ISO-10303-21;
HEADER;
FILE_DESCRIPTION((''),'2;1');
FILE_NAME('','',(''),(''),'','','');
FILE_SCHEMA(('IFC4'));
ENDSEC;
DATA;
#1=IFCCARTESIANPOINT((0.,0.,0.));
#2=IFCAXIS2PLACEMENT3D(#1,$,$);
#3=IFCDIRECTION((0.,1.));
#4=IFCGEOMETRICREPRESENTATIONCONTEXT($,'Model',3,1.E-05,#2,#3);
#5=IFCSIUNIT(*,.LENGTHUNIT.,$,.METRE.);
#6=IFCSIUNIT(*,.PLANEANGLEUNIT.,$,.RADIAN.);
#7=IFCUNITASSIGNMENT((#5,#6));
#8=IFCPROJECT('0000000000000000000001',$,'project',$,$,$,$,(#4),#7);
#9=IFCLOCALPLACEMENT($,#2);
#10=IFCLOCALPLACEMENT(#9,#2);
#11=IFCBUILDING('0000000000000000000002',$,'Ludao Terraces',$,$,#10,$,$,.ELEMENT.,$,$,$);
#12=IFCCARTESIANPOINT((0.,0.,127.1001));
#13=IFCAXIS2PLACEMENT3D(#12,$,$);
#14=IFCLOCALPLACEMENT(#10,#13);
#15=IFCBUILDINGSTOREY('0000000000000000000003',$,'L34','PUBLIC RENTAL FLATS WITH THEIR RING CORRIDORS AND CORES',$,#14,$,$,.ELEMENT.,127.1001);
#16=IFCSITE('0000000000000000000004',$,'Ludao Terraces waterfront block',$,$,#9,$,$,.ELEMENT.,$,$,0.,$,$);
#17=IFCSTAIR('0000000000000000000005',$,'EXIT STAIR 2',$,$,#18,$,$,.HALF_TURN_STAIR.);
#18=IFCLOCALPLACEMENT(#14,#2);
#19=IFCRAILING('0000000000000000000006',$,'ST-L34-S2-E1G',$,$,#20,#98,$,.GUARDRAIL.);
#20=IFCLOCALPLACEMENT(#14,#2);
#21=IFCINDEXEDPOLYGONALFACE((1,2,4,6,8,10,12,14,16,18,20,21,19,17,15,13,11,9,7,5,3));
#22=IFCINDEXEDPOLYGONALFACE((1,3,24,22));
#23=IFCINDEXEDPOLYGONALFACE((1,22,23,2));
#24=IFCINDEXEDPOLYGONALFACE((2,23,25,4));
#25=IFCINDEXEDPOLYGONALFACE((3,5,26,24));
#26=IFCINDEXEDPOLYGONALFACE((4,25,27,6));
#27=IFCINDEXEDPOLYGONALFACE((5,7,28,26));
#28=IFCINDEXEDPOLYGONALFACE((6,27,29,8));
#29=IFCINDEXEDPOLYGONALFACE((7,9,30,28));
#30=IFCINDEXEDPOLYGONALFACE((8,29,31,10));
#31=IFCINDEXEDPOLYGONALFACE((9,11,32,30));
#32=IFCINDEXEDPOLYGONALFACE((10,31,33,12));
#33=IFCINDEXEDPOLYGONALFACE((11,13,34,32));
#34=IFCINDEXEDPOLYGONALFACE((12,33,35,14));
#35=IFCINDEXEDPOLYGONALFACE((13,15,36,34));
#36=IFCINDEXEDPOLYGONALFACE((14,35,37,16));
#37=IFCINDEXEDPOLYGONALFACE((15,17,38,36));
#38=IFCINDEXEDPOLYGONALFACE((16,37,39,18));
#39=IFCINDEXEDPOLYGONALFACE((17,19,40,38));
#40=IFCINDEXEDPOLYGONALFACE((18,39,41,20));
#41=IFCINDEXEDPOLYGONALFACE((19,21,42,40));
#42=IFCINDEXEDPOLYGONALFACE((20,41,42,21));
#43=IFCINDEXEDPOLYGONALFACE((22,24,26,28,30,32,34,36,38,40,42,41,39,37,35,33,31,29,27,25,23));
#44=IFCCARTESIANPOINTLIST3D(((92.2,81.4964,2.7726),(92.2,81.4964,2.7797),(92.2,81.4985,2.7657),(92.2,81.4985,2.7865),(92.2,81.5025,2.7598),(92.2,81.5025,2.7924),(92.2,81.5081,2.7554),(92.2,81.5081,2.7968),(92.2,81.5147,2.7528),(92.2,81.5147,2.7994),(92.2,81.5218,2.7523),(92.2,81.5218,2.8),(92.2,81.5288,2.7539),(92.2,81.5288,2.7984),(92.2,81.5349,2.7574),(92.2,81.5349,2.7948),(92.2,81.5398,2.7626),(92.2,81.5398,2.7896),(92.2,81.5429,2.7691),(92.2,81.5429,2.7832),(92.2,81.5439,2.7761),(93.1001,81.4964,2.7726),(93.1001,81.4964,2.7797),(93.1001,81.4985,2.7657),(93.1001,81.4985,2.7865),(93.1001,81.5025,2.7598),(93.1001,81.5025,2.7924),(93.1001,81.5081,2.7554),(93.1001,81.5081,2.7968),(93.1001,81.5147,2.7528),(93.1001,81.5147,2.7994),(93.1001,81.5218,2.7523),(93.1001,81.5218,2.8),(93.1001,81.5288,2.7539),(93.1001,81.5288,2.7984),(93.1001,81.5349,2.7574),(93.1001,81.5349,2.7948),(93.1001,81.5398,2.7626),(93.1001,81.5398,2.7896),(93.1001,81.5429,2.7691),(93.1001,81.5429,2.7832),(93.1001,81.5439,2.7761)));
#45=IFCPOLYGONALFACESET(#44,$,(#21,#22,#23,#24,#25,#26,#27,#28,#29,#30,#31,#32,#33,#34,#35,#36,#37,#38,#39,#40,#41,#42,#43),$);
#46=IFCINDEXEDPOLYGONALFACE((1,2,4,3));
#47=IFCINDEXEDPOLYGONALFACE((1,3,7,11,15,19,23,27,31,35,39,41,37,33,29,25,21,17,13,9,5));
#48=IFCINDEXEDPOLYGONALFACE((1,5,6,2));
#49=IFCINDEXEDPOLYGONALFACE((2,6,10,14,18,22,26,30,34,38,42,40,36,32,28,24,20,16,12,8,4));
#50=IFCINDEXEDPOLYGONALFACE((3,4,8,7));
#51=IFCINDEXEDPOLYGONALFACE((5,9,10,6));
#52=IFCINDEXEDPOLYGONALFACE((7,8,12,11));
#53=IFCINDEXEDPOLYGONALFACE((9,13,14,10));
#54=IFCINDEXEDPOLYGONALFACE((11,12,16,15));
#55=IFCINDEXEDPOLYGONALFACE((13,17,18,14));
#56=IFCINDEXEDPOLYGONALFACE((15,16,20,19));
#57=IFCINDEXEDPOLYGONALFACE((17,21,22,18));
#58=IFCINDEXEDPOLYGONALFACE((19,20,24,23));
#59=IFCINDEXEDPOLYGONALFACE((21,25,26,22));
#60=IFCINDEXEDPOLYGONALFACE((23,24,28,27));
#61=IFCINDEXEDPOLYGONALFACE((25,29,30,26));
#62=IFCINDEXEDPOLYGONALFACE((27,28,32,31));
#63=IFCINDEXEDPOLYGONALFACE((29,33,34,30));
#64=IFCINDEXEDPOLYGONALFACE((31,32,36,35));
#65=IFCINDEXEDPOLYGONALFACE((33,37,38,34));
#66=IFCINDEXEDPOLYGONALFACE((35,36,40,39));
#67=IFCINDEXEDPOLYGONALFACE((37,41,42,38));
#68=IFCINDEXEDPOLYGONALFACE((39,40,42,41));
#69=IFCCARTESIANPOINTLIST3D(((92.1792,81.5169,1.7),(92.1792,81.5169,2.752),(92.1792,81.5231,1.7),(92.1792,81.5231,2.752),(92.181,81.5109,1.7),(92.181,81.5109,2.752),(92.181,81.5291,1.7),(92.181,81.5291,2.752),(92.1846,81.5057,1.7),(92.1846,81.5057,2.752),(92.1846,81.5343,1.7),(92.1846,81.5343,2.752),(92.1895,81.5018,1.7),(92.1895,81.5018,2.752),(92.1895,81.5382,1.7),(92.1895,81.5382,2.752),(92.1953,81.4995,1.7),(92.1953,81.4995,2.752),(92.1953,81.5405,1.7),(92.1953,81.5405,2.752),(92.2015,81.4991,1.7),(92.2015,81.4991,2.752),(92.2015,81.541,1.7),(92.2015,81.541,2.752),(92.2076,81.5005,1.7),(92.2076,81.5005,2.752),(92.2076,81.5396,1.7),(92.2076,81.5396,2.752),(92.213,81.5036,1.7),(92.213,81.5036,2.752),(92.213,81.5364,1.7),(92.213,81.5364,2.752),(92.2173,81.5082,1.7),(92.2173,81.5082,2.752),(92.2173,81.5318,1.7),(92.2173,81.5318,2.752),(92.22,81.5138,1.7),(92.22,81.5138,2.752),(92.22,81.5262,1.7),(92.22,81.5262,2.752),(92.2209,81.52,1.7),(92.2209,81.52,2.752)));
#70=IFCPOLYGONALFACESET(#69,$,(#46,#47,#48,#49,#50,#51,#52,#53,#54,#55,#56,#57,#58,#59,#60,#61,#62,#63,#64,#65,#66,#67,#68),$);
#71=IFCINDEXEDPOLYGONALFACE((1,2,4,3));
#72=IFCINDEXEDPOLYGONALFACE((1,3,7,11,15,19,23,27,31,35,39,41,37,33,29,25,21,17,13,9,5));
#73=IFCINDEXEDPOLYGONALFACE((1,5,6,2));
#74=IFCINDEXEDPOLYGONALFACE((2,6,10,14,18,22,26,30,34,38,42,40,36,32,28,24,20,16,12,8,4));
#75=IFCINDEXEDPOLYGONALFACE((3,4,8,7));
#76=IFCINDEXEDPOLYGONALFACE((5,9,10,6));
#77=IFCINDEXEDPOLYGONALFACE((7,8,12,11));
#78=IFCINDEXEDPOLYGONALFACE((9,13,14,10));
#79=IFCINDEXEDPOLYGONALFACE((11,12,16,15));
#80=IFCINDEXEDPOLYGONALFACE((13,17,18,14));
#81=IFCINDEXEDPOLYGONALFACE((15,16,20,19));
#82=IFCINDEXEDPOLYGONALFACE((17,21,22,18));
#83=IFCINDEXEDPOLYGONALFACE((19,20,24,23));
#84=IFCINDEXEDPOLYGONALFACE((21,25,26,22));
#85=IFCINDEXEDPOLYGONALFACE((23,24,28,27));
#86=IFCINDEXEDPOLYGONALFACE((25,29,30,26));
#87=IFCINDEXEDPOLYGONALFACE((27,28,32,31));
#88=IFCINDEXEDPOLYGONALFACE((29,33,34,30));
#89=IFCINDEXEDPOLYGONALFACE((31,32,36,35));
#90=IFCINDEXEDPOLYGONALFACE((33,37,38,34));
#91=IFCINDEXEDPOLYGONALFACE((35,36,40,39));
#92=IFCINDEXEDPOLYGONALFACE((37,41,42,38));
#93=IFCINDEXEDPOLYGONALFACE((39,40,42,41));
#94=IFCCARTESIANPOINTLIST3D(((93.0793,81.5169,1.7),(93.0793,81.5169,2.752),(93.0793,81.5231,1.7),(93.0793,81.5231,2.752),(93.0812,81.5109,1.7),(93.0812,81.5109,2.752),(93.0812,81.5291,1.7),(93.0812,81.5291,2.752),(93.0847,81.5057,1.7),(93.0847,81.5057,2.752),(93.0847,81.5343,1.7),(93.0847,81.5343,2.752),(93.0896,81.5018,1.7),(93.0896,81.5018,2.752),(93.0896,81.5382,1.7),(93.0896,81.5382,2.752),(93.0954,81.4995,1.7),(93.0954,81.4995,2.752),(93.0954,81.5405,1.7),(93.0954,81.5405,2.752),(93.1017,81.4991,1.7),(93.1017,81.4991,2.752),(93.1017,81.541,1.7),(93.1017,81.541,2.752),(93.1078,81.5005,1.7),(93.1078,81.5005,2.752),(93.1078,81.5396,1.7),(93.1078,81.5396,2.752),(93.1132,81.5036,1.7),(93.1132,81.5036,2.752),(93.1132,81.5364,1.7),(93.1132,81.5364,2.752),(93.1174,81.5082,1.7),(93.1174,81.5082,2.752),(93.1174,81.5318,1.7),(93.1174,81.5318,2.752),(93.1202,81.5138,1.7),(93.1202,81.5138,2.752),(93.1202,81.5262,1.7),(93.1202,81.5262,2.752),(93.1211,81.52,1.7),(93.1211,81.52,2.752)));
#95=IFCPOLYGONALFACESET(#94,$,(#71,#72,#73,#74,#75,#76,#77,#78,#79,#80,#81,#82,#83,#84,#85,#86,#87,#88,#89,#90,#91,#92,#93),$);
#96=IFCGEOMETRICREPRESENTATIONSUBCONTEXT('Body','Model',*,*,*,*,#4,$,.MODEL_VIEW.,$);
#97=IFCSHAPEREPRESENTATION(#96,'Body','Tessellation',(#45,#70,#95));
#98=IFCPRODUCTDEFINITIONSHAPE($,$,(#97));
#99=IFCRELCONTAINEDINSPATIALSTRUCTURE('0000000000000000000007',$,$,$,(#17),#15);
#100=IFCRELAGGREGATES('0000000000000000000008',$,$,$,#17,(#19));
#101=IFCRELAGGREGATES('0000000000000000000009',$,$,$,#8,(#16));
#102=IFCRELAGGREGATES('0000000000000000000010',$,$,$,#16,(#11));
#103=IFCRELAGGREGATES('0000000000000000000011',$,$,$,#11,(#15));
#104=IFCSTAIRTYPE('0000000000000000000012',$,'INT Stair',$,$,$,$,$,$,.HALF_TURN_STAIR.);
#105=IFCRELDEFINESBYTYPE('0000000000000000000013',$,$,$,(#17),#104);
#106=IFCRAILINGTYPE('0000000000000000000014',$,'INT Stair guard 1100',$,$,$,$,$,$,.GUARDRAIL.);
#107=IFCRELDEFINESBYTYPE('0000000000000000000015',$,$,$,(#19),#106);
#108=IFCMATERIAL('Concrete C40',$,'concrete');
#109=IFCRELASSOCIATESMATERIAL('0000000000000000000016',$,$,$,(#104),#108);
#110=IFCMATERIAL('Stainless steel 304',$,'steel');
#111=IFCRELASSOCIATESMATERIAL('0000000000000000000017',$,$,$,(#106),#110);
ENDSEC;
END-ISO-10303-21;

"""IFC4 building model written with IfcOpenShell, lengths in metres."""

from ifc_helpers import new_model, si_unit, direction, frame, origin, origin_2d, place, context, subcontext, project, spatial, circle, extrude, material, type_object, element, aggregate, save


model = new_model("IFC4")

# Units and contexts
model_context = context("Model", 3, precision=1e-05, world=origin(), true_north=direction((0.0, 1.0)))
body_context = subcontext(model_context, "Body", "Model", "MODEL_VIEW")
ifc_project = project(units=[si_unit("LENGTHUNIT", "METRE"), si_unit("PLANEANGLEUNIT", "RADIAN")], contexts=[model_context])

# Site, building, storey
site_placement = place(None, origin())
site = spatial("IfcSite", under=ifc_project, at=site_placement, Name="Ludao Terraces waterfront block", CompositionType="ELEMENT", RefElevation=0.0)
building_placement = place(site_placement, origin())
building = spatial("IfcBuilding", under=site, at=building_placement, Name="Ludao Terraces", CompositionType="ELEMENT")
storey_placement = place(building_placement, frame((0.0, 0.0, 127.1001)))
storey = spatial("IfcBuildingStorey", under=building, at=storey_placement, Name="L34", Description="PUBLIC RENTAL FLATS WITH THEIR RING CORRIDORS AND CORES", CompositionType="ELEMENT", Elevation=127.1001)

# Shared definitions
ifc_material_1 = material(Name="Stainless steel 304", Category="steel")

# Stair, railing
ifc_material_2 = material(Name="Concrete C40", Category="concrete")
stair_type = type_object("IfcStairType", Name="INT Stair", PredefinedType="HALF_TURN_STAIR", material=ifc_material_2)
stair_placement = place(storey_placement, origin())
stair = element("IfcStair", 1, at=stair_placement, inside=storey, type_object=stair_type, Name="EXIT STAIR 2", PredefinedType="HALF_TURN_STAIR")
railing_type = type_object("IfcRailingType", Name="INT Stair guard 1100", PredefinedType="GUARDRAIL", material=ifc_material_1)
railing_1_placement = place(storey_placement, frame((92.2, 81.52, 1.7)))
railing_1 = element("IfcRailing", 2, at=railing_1_placement, type_object=railing_type, Name="ST-L34-S2-E1G", PredefinedType="GUARDRAIL", context=body_context, shape_type="SweptSolid", body=[
    extrude(circle(Radius=0.0239, at=origin_2d()), frame((0.0, 0.0, 1.0762), z_axis=(1.0, 0.0, 0.0), x_axis=(0.0, 1.0, 0.0)), (0.0, 0.0, 1.0), 0.9001),
    extrude(circle(Radius=0.021, at=origin_2d()), origin(), (0.0, 0.0, 1.0), 1.052),
    extrude(circle(Radius=0.021, at=origin_2d()), frame((0.9001, 0.0, 0.0)), (0.0, 0.0, 1.0), 1.052),
])
aggregate(stair, [railing_1])

save(model, "model.ifc")
